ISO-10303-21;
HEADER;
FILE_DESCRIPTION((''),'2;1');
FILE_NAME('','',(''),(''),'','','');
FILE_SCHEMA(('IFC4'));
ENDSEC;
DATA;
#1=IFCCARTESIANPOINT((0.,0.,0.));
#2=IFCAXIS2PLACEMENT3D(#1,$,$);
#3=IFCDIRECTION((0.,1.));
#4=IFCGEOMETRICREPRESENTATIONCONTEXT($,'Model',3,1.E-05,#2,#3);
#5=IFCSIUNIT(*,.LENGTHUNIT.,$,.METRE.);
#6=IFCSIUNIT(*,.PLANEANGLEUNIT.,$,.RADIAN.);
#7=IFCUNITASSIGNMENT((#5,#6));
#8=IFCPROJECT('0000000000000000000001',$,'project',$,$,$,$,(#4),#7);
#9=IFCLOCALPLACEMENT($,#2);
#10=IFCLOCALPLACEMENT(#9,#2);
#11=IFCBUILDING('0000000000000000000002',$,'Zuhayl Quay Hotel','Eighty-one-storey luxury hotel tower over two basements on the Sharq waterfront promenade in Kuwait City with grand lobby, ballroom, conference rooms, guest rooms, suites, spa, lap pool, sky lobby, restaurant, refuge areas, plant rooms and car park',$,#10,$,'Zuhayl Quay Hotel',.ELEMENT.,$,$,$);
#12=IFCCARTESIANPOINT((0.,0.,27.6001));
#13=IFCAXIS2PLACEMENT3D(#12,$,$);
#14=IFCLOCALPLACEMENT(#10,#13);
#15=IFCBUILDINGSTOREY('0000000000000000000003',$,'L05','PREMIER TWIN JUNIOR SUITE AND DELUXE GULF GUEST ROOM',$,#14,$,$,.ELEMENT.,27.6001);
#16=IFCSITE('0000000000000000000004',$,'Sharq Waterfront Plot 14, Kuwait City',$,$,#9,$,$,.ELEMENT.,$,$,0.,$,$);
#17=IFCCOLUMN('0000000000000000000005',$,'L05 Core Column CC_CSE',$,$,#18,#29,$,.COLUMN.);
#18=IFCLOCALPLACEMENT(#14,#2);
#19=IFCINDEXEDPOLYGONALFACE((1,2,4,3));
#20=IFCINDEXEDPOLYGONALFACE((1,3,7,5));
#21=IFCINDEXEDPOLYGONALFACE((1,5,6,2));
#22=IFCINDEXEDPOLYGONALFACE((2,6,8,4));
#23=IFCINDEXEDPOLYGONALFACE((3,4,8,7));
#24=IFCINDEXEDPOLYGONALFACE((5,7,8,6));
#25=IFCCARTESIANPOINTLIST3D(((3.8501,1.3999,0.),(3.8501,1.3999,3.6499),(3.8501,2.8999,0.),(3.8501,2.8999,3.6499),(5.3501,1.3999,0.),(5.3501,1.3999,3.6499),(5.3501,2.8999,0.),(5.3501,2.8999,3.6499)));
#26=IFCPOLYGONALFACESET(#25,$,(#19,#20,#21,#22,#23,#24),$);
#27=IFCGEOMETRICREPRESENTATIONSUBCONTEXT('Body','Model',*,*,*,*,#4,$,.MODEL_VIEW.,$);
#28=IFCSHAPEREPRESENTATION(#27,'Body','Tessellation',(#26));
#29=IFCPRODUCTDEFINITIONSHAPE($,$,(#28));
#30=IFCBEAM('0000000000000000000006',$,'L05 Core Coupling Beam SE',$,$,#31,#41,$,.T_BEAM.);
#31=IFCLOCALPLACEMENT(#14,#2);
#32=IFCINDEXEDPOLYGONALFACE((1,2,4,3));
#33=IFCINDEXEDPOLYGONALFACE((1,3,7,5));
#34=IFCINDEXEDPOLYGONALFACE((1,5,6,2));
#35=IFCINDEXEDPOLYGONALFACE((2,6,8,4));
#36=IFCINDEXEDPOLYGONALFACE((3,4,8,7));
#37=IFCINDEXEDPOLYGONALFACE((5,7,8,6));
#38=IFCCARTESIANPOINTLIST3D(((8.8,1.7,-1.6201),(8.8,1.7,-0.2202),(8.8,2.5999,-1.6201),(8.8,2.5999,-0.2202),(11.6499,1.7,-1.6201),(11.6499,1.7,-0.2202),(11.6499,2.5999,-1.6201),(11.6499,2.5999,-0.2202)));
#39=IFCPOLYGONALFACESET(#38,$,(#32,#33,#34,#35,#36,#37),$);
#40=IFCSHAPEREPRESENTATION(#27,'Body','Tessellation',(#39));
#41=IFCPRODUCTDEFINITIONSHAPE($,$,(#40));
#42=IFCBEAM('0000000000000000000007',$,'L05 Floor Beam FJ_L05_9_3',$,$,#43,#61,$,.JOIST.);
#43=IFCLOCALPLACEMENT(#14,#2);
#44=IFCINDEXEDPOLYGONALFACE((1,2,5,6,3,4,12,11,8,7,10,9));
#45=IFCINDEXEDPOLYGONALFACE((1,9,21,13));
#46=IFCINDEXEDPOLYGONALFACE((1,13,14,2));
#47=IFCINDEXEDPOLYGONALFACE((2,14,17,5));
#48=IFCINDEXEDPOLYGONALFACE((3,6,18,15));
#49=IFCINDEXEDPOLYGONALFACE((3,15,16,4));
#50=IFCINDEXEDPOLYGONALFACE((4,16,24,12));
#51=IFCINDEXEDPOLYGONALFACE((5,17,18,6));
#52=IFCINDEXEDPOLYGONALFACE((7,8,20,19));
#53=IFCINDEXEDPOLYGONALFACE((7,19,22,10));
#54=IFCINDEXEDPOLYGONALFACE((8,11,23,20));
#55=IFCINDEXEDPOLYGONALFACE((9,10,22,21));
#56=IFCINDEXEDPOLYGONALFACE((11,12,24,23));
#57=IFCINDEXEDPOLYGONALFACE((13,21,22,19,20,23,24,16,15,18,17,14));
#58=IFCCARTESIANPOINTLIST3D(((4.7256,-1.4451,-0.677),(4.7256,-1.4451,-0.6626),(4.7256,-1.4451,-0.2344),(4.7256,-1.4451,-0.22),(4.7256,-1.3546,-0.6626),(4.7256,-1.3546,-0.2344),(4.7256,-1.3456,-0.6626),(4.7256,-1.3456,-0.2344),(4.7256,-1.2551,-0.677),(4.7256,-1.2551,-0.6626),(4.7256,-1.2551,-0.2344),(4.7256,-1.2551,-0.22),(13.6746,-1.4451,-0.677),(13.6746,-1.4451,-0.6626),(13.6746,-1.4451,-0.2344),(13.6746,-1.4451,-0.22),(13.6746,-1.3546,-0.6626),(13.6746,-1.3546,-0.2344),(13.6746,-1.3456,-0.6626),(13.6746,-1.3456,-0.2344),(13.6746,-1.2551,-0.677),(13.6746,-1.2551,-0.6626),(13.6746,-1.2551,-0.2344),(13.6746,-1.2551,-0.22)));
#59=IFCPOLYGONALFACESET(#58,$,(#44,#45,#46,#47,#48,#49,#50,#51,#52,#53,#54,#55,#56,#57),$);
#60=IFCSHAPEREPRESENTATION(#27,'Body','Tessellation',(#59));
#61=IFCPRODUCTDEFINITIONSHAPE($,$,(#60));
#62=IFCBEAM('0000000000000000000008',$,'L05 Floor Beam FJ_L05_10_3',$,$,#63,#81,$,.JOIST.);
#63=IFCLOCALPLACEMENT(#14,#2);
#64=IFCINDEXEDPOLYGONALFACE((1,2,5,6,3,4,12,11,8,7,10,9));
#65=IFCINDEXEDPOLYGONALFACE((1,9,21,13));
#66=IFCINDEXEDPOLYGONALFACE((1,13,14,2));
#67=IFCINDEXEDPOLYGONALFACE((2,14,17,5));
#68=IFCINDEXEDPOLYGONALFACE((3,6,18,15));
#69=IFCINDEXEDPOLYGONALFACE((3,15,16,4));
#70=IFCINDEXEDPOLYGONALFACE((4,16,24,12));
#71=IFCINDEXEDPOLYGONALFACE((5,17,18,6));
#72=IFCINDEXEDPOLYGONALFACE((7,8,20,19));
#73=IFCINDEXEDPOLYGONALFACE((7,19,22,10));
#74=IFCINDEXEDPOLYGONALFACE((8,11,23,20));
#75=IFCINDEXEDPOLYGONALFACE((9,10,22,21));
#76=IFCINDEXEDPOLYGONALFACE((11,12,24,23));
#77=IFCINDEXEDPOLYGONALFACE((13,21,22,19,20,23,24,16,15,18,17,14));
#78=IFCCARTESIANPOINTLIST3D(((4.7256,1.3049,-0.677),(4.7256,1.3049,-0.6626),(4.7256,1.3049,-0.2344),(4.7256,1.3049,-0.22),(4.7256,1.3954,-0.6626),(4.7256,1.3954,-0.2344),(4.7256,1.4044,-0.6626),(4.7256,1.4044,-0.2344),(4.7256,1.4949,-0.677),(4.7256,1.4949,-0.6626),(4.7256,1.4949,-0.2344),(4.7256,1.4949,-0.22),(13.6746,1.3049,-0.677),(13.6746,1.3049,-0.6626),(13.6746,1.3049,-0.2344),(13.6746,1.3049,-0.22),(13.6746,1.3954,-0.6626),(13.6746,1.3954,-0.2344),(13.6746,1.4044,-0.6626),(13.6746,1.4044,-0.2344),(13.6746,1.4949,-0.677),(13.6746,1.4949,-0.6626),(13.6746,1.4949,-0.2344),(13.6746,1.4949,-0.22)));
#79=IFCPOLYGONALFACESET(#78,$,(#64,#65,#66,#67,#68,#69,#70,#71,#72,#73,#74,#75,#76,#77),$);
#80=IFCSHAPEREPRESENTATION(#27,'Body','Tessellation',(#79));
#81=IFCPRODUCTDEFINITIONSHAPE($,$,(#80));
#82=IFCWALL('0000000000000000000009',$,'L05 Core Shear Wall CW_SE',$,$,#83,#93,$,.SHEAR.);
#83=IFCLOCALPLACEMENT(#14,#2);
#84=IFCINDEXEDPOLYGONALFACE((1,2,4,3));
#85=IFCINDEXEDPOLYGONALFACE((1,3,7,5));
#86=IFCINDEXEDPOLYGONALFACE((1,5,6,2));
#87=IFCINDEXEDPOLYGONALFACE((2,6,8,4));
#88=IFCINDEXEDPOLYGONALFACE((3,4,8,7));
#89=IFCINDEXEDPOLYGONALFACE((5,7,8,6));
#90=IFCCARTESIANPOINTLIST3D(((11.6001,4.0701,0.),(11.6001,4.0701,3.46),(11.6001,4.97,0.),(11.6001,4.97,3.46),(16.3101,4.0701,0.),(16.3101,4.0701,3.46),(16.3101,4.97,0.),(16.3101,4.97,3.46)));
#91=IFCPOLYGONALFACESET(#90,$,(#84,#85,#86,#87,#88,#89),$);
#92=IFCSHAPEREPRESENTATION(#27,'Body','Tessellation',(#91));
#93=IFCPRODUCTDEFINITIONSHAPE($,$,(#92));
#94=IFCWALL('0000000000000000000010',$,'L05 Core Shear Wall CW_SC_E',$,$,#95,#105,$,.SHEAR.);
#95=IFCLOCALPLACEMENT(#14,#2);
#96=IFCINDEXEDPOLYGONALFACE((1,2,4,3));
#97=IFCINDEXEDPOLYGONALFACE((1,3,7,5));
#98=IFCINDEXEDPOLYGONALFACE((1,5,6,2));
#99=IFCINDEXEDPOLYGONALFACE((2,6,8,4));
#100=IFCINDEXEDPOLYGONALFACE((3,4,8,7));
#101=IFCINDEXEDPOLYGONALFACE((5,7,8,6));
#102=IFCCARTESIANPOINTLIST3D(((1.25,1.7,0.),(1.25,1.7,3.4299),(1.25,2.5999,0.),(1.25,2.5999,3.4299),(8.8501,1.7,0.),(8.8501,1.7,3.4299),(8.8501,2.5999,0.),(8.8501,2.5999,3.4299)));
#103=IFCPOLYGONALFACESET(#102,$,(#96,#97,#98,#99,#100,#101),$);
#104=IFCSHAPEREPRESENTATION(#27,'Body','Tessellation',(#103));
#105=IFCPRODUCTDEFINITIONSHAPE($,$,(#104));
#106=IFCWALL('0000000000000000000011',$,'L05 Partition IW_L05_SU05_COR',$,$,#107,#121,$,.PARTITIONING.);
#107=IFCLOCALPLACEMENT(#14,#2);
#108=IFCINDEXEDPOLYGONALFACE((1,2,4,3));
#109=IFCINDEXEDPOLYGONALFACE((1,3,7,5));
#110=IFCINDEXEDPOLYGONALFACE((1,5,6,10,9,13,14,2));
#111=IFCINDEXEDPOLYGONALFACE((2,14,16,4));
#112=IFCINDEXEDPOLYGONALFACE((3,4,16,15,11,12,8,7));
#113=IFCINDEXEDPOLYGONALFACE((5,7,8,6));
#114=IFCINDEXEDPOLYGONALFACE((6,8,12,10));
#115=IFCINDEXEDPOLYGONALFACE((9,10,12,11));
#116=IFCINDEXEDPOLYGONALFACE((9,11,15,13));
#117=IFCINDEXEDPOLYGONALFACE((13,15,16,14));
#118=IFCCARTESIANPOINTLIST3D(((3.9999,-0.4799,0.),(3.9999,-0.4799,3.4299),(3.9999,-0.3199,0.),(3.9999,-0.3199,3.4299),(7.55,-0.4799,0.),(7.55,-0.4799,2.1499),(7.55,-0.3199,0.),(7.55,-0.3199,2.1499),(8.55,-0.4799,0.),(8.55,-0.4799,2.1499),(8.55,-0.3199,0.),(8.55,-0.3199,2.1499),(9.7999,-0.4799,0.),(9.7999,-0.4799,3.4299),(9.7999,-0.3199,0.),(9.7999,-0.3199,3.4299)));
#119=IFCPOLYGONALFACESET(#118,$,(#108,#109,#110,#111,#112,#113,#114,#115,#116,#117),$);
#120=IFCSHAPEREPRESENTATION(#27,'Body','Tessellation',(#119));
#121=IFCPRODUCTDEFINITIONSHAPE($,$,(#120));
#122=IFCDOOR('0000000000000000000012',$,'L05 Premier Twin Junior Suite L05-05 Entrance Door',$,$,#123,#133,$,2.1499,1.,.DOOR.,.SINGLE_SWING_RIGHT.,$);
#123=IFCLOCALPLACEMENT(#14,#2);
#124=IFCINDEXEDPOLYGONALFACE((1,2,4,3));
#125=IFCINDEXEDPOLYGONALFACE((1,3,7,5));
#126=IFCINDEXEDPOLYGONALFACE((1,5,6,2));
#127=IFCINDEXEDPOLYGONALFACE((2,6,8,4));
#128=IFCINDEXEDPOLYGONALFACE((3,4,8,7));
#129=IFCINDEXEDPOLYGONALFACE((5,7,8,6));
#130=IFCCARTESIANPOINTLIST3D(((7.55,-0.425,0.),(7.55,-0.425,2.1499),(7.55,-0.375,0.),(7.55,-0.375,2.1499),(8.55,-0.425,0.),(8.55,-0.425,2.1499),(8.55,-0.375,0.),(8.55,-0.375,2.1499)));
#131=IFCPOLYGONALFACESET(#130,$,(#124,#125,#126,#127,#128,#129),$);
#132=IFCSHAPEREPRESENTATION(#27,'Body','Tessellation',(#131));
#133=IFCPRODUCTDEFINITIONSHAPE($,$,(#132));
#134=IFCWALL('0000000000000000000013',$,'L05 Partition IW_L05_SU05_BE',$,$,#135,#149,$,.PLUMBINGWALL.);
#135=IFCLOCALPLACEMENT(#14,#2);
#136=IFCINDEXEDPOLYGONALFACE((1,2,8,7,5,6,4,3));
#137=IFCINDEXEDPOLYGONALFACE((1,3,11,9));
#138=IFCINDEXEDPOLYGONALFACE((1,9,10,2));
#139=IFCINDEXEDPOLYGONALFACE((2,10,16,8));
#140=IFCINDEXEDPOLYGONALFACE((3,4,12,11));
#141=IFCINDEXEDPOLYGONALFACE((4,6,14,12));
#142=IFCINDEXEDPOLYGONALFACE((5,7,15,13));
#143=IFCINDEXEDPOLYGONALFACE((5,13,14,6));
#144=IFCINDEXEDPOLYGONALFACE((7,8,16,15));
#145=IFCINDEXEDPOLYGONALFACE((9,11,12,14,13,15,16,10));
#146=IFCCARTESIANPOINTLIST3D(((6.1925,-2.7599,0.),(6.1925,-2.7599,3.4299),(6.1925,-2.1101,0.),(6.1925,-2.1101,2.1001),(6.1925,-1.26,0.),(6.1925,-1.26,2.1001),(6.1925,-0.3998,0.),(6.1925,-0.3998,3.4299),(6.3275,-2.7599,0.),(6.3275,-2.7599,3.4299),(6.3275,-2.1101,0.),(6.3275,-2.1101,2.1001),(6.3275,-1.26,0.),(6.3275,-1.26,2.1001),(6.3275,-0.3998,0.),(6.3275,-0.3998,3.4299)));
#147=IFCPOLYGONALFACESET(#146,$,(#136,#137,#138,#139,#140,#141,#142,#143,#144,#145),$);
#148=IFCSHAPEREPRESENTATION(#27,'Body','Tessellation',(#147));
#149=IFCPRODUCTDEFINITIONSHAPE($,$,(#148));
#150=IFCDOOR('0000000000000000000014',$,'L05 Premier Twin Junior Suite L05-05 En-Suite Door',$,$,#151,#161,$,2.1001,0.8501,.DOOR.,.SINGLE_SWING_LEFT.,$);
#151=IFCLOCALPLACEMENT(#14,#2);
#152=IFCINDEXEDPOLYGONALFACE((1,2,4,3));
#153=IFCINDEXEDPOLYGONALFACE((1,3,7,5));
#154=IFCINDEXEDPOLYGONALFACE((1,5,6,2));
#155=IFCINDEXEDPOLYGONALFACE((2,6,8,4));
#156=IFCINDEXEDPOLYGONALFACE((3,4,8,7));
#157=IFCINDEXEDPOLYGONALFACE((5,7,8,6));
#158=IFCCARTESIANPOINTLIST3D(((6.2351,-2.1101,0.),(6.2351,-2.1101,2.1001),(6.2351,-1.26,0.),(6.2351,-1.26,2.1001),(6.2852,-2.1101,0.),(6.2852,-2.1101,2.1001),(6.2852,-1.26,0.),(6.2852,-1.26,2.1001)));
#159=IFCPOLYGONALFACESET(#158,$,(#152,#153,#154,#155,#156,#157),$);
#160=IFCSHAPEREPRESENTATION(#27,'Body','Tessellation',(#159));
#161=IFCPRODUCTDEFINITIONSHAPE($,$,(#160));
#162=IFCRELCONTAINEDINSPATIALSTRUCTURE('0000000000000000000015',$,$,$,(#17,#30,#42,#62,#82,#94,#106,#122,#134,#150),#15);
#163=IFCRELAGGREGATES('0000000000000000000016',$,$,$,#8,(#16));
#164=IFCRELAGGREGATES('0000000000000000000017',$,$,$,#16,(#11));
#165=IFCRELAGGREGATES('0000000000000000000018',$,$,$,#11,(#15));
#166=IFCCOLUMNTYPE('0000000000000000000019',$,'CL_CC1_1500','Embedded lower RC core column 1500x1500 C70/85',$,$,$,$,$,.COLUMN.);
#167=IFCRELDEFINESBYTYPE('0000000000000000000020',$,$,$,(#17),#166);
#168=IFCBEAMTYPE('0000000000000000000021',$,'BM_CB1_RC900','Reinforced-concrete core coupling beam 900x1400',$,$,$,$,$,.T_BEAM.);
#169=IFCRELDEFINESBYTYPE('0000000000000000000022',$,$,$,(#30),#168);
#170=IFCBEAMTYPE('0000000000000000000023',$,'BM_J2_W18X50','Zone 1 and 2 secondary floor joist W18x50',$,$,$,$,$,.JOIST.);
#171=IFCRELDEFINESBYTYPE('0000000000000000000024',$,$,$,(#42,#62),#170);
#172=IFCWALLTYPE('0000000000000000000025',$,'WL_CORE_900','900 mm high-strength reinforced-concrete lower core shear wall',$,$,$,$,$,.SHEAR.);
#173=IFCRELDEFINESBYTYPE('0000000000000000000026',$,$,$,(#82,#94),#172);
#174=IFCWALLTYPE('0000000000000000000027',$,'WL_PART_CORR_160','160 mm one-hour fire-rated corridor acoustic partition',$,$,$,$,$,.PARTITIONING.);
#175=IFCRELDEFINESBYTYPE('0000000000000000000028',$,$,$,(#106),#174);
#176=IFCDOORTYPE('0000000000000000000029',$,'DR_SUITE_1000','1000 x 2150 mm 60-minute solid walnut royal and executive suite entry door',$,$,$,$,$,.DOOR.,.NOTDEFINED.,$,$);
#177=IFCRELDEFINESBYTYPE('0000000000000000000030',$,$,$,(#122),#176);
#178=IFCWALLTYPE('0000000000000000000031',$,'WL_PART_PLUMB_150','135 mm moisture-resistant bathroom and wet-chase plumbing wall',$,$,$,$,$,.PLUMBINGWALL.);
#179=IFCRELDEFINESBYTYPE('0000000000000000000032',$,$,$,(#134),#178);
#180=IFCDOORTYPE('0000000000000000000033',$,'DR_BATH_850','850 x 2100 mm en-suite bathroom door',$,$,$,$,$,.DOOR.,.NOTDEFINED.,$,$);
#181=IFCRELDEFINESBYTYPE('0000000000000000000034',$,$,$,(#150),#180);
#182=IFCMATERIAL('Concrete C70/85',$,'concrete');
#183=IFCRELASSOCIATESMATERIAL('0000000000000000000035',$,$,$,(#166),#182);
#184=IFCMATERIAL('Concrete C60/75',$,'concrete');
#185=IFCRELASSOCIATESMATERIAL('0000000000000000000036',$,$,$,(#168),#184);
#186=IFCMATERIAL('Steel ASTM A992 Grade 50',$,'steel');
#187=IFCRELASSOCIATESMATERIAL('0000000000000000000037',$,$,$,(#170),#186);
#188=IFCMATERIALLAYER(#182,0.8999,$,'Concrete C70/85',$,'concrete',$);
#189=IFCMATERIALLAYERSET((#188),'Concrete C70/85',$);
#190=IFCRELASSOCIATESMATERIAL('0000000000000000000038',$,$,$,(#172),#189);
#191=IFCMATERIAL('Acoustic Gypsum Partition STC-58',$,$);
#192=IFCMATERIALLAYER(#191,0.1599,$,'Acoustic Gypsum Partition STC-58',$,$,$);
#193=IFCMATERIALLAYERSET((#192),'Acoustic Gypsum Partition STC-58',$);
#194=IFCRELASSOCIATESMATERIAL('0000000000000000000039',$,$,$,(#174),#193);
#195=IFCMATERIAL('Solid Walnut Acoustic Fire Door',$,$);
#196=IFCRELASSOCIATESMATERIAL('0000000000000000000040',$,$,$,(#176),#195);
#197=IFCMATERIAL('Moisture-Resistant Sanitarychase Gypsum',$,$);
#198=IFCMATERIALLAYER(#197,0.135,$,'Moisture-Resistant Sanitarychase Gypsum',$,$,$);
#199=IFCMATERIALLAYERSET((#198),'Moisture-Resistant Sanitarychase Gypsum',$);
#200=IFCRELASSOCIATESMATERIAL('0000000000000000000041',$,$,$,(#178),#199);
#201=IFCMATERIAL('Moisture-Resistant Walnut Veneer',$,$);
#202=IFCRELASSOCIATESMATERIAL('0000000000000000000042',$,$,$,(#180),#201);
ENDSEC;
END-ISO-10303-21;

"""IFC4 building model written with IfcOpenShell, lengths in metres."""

from ifc_helpers import new_model, si_unit, direction, frame, frame_2d, origin, origin_2d, place, context, subcontext, project, spatial, rectangle, i_section, extrude, material, layer, layer_set, material_profile, profile_set, type_object, element, fill, save


model = new_model("IFC4")

# Units and contexts
model_context = context("Model", 3, precision=1e-05, world=origin(), true_north=direction((0.0, 1.0)))
body_context = subcontext(model_context, "Body", "Model", "MODEL_VIEW")
ifc_project = project(units=[si_unit("LENGTHUNIT", "METRE"), si_unit("PLANEANGLEUNIT", "RADIAN")], contexts=[model_context])

# Site, building, storey
site_placement = place(None, origin())
site = spatial("IfcSite", under=ifc_project, at=site_placement, Name="Sharq Waterfront Plot 14, Kuwait City", CompositionType="ELEMENT", RefElevation=0.0)
building_placement = place(site_placement, origin())
building = spatial("IfcBuilding", under=site, at=building_placement, Name="Zuhayl Quay Hotel", Description="Eighty-one-storey luxury hotel tower over two basements on the Sharq waterfront promenade in Kuwait City with grand lobby, ballroom, conference rooms, guest rooms, suites, spa, lap pool, sky lobby, restaurant, refuge areas, plant rooms and car park", LongName="Zuhayl Quay Hotel", CompositionType="ELEMENT")
storey_placement = place(building_placement, frame((0.0, 0.0, 27.6001)))
storey = spatial("IfcBuildingStorey", under=building, at=storey_placement, Name="L05", Description="PREMIER TWIN JUNIOR SUITE AND DELUXE GULF GUEST ROOM", CompositionType="ELEMENT", Elevation=27.6001)

# Column
ifc_material_1 = material(Name="Concrete C70/85", Category="concrete")
ifc_material_profile_1 = material_profile(ifc_material_1, rectangle(XDim=1.5, YDim=1.5, at=origin_2d()), Name="RC1500X1500")
ifc_profile_set_1 = profile_set([ifc_material_profile_1], Name="Concrete C70/85")
column_type = type_object("IfcColumnType", Name="CL_CC1_1500", Description="Embedded lower RC core column 1500x1500 C70/85", PredefinedType="COLUMN", material=ifc_profile_set_1)
column_placement = place(storey_placement, frame((4.6001, 2.1499, 0.0), z_axis=(0.0, 0.0, 1.0), x_axis=(1.0, 0.0, 0.0)))
element("IfcColumn", 1, at=column_placement, inside=storey, type_object=column_type, Name="L05 Core Column CC_CSE", PredefinedType="COLUMN", context=body_context, shape_type="SweptSolid", body=[
    extrude(rectangle(XDim=1.5, YDim=1.5, at=origin_2d()), origin(), (0.0, 0.0, 1.0), 3.6499),
])

# Beams
ifc_material_2 = material(Name="Concrete C60/75", Category="concrete")
ifc_material_profile_2 = material_profile(ifc_material_2, rectangle(XDim=0.8999, YDim=1.3999, at=origin_2d()), Name="RC900X1400")
ifc_profile_set_2 = profile_set([ifc_material_profile_2], Name="Concrete C60/75")
beam_type_1 = type_object("IfcBeamType", Name="BM_CB1_RC900", Description="Reinforced-concrete core coupling beam 900x1400", PredefinedType="T_BEAM", material=ifc_profile_set_2)
beam_placement = place(storey_placement, frame((8.8, 2.1499, -0.9202), z_axis=(1.0, 0.0, 0.0), x_axis=(0.0, 1.0, 0.0)))
element("IfcBeam", 2, at=beam_placement, inside=storey, type_object=beam_type_1, Name="L05 Core Coupling Beam SE", PredefinedType="T_BEAM", context=body_context, shape_type="SweptSolid", body=[
    extrude(rectangle(XDim=0.8999, YDim=1.3999, at=origin_2d()), origin(), (0.0, 0.0, 1.0), 2.8499),
])
ifc_material_3 = material(Name="Steel ASTM A992 Grade 50", Category="steel")
ifc_material_profile_3 = material_profile(ifc_material_3, i_section(OverallWidth=0.1899, OverallDepth=0.457, WebThickness=0.009, FlangeThickness=0.0144, at=origin_2d()), Name="W18X50")
ifc_profile_set_3 = profile_set([ifc_material_profile_3], Name="Steel ASTM A992 Grade 50")
beam_type_2 = type_object("IfcBeamType", Name="BM_J2_W18X50", Description="Zone 1 and 2 secondary floor joist W18x50", PredefinedType="JOIST", material=ifc_profile_set_3)
for number, where, z_axis, x_axis, name in (
    (3, (4.7256, -1.3501, -0.4485), (1.0, 0.0, 0.0), (0.0, 1.0, 0.0), "L05 Floor Beam FJ_L05_9_3"),
    (4, (4.7256, 1.3999, -0.4485), (1.0, 0.0, 0.0), (0.0, 1.0, 0.0), "L05 Floor Beam FJ_L05_10_3"),
):
    element("IfcBeam", number, at=place(storey_placement, frame(where, z_axis=z_axis, x_axis=x_axis)), inside=storey, type_object=beam_type_2, Name=name, PredefinedType="JOIST", context=body_context, shape_type="SweptSolid", body=[
        extrude(i_section(OverallWidth=0.1899, OverallDepth=0.457, WebThickness=0.009, FlangeThickness=0.0144, at=origin_2d()), origin(), (0.0, 0.0, 1.0), 8.949),
    ])

# Walls
ifc_layer_1 = layer(ifc_material_1, 0.8999, Name="Concrete C70/85", Category="concrete")
ifc_layer_set_1 = layer_set([ifc_layer_1], Name="Concrete C70/85")
wall_type_1 = type_object("IfcWallType", Name="WL_CORE_900", Description="900 mm high-strength reinforced-concrete lower core shear wall", PredefinedType="SHEAR", material=ifc_layer_set_1)
wall_1_placement = place(storey_placement, frame((11.6001, 4.52, 0.0), z_axis=(0.0, 0.0, 1.0), x_axis=(1.0, 0.0, 0.0)))
element("IfcWall", 5, at=wall_1_placement, inside=storey, type_object=wall_type_1, Name="L05 Core Shear Wall CW_SE", PredefinedType="SHEAR", context=body_context, shape_type="SweptSolid", body=[
    extrude(rectangle(XDim=4.71, YDim=0.8999, at=frame_2d((2.355, 0.0))), origin(), (0.0, 0.0, 1.0), 3.46),
])
wall_2_placement = place(storey_placement, frame((1.25, 2.1499, 0.0), z_axis=(0.0, 0.0, 1.0), x_axis=(1.0, 0.0, 0.0)))
element("IfcWall", 6, at=wall_2_placement, inside=storey, type_object=wall_type_1, Name="L05 Core Shear Wall CW_SC_E", PredefinedType="SHEAR", context=body_context, shape_type="SweptSolid", body=[
    extrude(rectangle(XDim=7.6001, YDim=0.8999, at=frame_2d((3.8, 0.0))), origin(), (0.0, 0.0, 1.0), 3.4299),
])

# Walls, openings, doors
ifc_material_4 = material(Name="Acoustic Gypsum Partition STC-58")
ifc_layer_2 = layer(ifc_material_4, 0.1599, Name="Acoustic Gypsum Partition STC-58")
ifc_layer_set_2 = layer_set([ifc_layer_2], Name="Acoustic Gypsum Partition STC-58")
wall_type_2 = type_object("IfcWallType", Name="WL_PART_CORR_160", Description="160 mm one-hour fire-rated corridor acoustic partition", PredefinedType="PARTITIONING", material=ifc_layer_set_2)
wall_3_placement = place(storey_placement, frame((4.0, -0.3999, 0.0), z_axis=(0.0, 0.0, 1.0), x_axis=(1.0, 0.0, 0.0)))
wall_3 = element("IfcWall", 7, at=wall_3_placement, inside=storey, type_object=wall_type_2, Name="L05 Partition IW_L05_SU05_COR", PredefinedType="PARTITIONING", context=body_context, shape_type="SweptSolid", body=[
    extrude(rectangle(XDim=5.8, YDim=0.1599, at=frame_2d((2.8999, 0.0))), origin(), (0.0, 0.0, 1.0), 3.4299),
])
opening_1_placement = place(wall_3_placement, frame((3.55, 0.0, 0.0)))
opening_1 = element("IfcOpeningElement", 8, at=opening_1_placement, cuts=wall_3, PredefinedType="OPENING", context=body_context, shape_type="SweptSolid", body=[
    extrude(rectangle(XDim=1.0, YDim=2.1499, at=frame_2d((0.5, 1.075))), frame((0.0, 0.0898, 0.0), z_axis=(0.0, -1.0, 0.0), x_axis=(1.0, 0.0, 0.0)), (0.0, 0.0, 1.0), 0.1799),
])
ifc_material_5 = material(Name="Solid Walnut Acoustic Fire Door")
door_type_1 = type_object("IfcDoorType", Name="DR_SUITE_1000", Description="1000 x 2150 mm 60-minute solid walnut royal and executive suite entry door", OperationType="NOTDEFINED", PredefinedType="DOOR", material=ifc_material_5)
door_1_placement = place(opening_1_placement, origin())
door_1 = element("IfcDoor", 9, at=door_1_placement, inside=storey, type_object=door_type_1, Name="L05 Premier Twin Junior Suite L05-05 Entrance Door", OperationType="SINGLE_SWING_RIGHT", OverallHeight=2.1499, OverallWidth=1.0, PredefinedType="DOOR", context=body_context, shape_type="SweptSolid", body=[
    extrude(rectangle(XDim=1.0, YDim=2.1499, at=frame_2d((0.5, 1.075))), frame((0.0, 0.0249, 0.0), z_axis=(0.0, -1.0, 0.0), x_axis=(1.0, 0.0, 0.0)), (0.0, 0.0, 1.0), 0.05),
])
fill(opening_1, door_1)
ifc_material_6 = material(Name="Moisture-Resistant Sanitarychase Gypsum")
ifc_layer_3 = layer(ifc_material_6, 0.135, Name="Moisture-Resistant Sanitarychase Gypsum")
ifc_layer_set_3 = layer_set([ifc_layer_3], Name="Moisture-Resistant Sanitarychase Gypsum")
wall_type_3 = type_object("IfcWallType", Name="WL_PART_PLUMB_150", Description="135 mm moisture-resistant bathroom and wet-chase plumbing wall", PredefinedType="PLUMBINGWALL", material=ifc_layer_set_3)
wall_4_placement = place(storey_placement, frame((6.26, -2.76, 0.0), z_axis=(0.0, 0.0, 1.0), x_axis=(0.0, 1.0, 0.0)))
wall_4 = element("IfcWall", 10, at=wall_4_placement, inside=storey, type_object=wall_type_3, Name="L05 Partition IW_L05_SU05_BE", PredefinedType="PLUMBINGWALL", context=body_context, shape_type="SweptSolid", body=[
    extrude(rectangle(XDim=2.3601, YDim=0.135, at=frame_2d((1.1802, 0.0))), origin(), (0.0, 0.0, 1.0), 3.4299),
])
opening_2_placement = place(wall_4_placement, frame((0.6499, 0.0, 0.0)))
opening_2 = element("IfcOpeningElement", 11, at=opening_2_placement, cuts=wall_4, PredefinedType="OPENING", context=body_context, shape_type="SweptSolid", body=[
    extrude(rectangle(XDim=0.8501, YDim=2.1001, at=frame_2d((0.425, 1.05))), frame((0.0, 0.0774, 0.0), z_axis=(0.0, -1.0, 0.0), x_axis=(1.0, 0.0, 0.0)), (0.0, 0.0, 1.0), 0.155),
])
ifc_material_7 = material(Name="Moisture-Resistant Walnut Veneer")
door_type_2 = type_object("IfcDoorType", Name="DR_BATH_850", Description="850 x 2100 mm en-suite bathroom door", OperationType="NOTDEFINED", PredefinedType="DOOR", material=ifc_material_7)
door_2_placement = place(opening_2_placement, origin())
door_2 = element("IfcDoor", 12, at=door_2_placement, inside=storey, type_object=door_type_2, Name="L05 Premier Twin Junior Suite L05-05 En-Suite Door", OperationType="SINGLE_SWING_LEFT", OverallHeight=2.1001, OverallWidth=0.8501, PredefinedType="DOOR", context=body_context, shape_type="SweptSolid", body=[
    extrude(rectangle(XDim=0.8501, YDim=2.1001, at=frame_2d((0.425, 1.05))), frame((0.0, 0.0249, 0.0), z_axis=(0.0, -1.0, 0.0), x_axis=(1.0, 0.0, 0.0)), (0.0, 0.0, 1.0), 0.05),
])
fill(opening_2, door_2)

save(model, "model.ifc")
